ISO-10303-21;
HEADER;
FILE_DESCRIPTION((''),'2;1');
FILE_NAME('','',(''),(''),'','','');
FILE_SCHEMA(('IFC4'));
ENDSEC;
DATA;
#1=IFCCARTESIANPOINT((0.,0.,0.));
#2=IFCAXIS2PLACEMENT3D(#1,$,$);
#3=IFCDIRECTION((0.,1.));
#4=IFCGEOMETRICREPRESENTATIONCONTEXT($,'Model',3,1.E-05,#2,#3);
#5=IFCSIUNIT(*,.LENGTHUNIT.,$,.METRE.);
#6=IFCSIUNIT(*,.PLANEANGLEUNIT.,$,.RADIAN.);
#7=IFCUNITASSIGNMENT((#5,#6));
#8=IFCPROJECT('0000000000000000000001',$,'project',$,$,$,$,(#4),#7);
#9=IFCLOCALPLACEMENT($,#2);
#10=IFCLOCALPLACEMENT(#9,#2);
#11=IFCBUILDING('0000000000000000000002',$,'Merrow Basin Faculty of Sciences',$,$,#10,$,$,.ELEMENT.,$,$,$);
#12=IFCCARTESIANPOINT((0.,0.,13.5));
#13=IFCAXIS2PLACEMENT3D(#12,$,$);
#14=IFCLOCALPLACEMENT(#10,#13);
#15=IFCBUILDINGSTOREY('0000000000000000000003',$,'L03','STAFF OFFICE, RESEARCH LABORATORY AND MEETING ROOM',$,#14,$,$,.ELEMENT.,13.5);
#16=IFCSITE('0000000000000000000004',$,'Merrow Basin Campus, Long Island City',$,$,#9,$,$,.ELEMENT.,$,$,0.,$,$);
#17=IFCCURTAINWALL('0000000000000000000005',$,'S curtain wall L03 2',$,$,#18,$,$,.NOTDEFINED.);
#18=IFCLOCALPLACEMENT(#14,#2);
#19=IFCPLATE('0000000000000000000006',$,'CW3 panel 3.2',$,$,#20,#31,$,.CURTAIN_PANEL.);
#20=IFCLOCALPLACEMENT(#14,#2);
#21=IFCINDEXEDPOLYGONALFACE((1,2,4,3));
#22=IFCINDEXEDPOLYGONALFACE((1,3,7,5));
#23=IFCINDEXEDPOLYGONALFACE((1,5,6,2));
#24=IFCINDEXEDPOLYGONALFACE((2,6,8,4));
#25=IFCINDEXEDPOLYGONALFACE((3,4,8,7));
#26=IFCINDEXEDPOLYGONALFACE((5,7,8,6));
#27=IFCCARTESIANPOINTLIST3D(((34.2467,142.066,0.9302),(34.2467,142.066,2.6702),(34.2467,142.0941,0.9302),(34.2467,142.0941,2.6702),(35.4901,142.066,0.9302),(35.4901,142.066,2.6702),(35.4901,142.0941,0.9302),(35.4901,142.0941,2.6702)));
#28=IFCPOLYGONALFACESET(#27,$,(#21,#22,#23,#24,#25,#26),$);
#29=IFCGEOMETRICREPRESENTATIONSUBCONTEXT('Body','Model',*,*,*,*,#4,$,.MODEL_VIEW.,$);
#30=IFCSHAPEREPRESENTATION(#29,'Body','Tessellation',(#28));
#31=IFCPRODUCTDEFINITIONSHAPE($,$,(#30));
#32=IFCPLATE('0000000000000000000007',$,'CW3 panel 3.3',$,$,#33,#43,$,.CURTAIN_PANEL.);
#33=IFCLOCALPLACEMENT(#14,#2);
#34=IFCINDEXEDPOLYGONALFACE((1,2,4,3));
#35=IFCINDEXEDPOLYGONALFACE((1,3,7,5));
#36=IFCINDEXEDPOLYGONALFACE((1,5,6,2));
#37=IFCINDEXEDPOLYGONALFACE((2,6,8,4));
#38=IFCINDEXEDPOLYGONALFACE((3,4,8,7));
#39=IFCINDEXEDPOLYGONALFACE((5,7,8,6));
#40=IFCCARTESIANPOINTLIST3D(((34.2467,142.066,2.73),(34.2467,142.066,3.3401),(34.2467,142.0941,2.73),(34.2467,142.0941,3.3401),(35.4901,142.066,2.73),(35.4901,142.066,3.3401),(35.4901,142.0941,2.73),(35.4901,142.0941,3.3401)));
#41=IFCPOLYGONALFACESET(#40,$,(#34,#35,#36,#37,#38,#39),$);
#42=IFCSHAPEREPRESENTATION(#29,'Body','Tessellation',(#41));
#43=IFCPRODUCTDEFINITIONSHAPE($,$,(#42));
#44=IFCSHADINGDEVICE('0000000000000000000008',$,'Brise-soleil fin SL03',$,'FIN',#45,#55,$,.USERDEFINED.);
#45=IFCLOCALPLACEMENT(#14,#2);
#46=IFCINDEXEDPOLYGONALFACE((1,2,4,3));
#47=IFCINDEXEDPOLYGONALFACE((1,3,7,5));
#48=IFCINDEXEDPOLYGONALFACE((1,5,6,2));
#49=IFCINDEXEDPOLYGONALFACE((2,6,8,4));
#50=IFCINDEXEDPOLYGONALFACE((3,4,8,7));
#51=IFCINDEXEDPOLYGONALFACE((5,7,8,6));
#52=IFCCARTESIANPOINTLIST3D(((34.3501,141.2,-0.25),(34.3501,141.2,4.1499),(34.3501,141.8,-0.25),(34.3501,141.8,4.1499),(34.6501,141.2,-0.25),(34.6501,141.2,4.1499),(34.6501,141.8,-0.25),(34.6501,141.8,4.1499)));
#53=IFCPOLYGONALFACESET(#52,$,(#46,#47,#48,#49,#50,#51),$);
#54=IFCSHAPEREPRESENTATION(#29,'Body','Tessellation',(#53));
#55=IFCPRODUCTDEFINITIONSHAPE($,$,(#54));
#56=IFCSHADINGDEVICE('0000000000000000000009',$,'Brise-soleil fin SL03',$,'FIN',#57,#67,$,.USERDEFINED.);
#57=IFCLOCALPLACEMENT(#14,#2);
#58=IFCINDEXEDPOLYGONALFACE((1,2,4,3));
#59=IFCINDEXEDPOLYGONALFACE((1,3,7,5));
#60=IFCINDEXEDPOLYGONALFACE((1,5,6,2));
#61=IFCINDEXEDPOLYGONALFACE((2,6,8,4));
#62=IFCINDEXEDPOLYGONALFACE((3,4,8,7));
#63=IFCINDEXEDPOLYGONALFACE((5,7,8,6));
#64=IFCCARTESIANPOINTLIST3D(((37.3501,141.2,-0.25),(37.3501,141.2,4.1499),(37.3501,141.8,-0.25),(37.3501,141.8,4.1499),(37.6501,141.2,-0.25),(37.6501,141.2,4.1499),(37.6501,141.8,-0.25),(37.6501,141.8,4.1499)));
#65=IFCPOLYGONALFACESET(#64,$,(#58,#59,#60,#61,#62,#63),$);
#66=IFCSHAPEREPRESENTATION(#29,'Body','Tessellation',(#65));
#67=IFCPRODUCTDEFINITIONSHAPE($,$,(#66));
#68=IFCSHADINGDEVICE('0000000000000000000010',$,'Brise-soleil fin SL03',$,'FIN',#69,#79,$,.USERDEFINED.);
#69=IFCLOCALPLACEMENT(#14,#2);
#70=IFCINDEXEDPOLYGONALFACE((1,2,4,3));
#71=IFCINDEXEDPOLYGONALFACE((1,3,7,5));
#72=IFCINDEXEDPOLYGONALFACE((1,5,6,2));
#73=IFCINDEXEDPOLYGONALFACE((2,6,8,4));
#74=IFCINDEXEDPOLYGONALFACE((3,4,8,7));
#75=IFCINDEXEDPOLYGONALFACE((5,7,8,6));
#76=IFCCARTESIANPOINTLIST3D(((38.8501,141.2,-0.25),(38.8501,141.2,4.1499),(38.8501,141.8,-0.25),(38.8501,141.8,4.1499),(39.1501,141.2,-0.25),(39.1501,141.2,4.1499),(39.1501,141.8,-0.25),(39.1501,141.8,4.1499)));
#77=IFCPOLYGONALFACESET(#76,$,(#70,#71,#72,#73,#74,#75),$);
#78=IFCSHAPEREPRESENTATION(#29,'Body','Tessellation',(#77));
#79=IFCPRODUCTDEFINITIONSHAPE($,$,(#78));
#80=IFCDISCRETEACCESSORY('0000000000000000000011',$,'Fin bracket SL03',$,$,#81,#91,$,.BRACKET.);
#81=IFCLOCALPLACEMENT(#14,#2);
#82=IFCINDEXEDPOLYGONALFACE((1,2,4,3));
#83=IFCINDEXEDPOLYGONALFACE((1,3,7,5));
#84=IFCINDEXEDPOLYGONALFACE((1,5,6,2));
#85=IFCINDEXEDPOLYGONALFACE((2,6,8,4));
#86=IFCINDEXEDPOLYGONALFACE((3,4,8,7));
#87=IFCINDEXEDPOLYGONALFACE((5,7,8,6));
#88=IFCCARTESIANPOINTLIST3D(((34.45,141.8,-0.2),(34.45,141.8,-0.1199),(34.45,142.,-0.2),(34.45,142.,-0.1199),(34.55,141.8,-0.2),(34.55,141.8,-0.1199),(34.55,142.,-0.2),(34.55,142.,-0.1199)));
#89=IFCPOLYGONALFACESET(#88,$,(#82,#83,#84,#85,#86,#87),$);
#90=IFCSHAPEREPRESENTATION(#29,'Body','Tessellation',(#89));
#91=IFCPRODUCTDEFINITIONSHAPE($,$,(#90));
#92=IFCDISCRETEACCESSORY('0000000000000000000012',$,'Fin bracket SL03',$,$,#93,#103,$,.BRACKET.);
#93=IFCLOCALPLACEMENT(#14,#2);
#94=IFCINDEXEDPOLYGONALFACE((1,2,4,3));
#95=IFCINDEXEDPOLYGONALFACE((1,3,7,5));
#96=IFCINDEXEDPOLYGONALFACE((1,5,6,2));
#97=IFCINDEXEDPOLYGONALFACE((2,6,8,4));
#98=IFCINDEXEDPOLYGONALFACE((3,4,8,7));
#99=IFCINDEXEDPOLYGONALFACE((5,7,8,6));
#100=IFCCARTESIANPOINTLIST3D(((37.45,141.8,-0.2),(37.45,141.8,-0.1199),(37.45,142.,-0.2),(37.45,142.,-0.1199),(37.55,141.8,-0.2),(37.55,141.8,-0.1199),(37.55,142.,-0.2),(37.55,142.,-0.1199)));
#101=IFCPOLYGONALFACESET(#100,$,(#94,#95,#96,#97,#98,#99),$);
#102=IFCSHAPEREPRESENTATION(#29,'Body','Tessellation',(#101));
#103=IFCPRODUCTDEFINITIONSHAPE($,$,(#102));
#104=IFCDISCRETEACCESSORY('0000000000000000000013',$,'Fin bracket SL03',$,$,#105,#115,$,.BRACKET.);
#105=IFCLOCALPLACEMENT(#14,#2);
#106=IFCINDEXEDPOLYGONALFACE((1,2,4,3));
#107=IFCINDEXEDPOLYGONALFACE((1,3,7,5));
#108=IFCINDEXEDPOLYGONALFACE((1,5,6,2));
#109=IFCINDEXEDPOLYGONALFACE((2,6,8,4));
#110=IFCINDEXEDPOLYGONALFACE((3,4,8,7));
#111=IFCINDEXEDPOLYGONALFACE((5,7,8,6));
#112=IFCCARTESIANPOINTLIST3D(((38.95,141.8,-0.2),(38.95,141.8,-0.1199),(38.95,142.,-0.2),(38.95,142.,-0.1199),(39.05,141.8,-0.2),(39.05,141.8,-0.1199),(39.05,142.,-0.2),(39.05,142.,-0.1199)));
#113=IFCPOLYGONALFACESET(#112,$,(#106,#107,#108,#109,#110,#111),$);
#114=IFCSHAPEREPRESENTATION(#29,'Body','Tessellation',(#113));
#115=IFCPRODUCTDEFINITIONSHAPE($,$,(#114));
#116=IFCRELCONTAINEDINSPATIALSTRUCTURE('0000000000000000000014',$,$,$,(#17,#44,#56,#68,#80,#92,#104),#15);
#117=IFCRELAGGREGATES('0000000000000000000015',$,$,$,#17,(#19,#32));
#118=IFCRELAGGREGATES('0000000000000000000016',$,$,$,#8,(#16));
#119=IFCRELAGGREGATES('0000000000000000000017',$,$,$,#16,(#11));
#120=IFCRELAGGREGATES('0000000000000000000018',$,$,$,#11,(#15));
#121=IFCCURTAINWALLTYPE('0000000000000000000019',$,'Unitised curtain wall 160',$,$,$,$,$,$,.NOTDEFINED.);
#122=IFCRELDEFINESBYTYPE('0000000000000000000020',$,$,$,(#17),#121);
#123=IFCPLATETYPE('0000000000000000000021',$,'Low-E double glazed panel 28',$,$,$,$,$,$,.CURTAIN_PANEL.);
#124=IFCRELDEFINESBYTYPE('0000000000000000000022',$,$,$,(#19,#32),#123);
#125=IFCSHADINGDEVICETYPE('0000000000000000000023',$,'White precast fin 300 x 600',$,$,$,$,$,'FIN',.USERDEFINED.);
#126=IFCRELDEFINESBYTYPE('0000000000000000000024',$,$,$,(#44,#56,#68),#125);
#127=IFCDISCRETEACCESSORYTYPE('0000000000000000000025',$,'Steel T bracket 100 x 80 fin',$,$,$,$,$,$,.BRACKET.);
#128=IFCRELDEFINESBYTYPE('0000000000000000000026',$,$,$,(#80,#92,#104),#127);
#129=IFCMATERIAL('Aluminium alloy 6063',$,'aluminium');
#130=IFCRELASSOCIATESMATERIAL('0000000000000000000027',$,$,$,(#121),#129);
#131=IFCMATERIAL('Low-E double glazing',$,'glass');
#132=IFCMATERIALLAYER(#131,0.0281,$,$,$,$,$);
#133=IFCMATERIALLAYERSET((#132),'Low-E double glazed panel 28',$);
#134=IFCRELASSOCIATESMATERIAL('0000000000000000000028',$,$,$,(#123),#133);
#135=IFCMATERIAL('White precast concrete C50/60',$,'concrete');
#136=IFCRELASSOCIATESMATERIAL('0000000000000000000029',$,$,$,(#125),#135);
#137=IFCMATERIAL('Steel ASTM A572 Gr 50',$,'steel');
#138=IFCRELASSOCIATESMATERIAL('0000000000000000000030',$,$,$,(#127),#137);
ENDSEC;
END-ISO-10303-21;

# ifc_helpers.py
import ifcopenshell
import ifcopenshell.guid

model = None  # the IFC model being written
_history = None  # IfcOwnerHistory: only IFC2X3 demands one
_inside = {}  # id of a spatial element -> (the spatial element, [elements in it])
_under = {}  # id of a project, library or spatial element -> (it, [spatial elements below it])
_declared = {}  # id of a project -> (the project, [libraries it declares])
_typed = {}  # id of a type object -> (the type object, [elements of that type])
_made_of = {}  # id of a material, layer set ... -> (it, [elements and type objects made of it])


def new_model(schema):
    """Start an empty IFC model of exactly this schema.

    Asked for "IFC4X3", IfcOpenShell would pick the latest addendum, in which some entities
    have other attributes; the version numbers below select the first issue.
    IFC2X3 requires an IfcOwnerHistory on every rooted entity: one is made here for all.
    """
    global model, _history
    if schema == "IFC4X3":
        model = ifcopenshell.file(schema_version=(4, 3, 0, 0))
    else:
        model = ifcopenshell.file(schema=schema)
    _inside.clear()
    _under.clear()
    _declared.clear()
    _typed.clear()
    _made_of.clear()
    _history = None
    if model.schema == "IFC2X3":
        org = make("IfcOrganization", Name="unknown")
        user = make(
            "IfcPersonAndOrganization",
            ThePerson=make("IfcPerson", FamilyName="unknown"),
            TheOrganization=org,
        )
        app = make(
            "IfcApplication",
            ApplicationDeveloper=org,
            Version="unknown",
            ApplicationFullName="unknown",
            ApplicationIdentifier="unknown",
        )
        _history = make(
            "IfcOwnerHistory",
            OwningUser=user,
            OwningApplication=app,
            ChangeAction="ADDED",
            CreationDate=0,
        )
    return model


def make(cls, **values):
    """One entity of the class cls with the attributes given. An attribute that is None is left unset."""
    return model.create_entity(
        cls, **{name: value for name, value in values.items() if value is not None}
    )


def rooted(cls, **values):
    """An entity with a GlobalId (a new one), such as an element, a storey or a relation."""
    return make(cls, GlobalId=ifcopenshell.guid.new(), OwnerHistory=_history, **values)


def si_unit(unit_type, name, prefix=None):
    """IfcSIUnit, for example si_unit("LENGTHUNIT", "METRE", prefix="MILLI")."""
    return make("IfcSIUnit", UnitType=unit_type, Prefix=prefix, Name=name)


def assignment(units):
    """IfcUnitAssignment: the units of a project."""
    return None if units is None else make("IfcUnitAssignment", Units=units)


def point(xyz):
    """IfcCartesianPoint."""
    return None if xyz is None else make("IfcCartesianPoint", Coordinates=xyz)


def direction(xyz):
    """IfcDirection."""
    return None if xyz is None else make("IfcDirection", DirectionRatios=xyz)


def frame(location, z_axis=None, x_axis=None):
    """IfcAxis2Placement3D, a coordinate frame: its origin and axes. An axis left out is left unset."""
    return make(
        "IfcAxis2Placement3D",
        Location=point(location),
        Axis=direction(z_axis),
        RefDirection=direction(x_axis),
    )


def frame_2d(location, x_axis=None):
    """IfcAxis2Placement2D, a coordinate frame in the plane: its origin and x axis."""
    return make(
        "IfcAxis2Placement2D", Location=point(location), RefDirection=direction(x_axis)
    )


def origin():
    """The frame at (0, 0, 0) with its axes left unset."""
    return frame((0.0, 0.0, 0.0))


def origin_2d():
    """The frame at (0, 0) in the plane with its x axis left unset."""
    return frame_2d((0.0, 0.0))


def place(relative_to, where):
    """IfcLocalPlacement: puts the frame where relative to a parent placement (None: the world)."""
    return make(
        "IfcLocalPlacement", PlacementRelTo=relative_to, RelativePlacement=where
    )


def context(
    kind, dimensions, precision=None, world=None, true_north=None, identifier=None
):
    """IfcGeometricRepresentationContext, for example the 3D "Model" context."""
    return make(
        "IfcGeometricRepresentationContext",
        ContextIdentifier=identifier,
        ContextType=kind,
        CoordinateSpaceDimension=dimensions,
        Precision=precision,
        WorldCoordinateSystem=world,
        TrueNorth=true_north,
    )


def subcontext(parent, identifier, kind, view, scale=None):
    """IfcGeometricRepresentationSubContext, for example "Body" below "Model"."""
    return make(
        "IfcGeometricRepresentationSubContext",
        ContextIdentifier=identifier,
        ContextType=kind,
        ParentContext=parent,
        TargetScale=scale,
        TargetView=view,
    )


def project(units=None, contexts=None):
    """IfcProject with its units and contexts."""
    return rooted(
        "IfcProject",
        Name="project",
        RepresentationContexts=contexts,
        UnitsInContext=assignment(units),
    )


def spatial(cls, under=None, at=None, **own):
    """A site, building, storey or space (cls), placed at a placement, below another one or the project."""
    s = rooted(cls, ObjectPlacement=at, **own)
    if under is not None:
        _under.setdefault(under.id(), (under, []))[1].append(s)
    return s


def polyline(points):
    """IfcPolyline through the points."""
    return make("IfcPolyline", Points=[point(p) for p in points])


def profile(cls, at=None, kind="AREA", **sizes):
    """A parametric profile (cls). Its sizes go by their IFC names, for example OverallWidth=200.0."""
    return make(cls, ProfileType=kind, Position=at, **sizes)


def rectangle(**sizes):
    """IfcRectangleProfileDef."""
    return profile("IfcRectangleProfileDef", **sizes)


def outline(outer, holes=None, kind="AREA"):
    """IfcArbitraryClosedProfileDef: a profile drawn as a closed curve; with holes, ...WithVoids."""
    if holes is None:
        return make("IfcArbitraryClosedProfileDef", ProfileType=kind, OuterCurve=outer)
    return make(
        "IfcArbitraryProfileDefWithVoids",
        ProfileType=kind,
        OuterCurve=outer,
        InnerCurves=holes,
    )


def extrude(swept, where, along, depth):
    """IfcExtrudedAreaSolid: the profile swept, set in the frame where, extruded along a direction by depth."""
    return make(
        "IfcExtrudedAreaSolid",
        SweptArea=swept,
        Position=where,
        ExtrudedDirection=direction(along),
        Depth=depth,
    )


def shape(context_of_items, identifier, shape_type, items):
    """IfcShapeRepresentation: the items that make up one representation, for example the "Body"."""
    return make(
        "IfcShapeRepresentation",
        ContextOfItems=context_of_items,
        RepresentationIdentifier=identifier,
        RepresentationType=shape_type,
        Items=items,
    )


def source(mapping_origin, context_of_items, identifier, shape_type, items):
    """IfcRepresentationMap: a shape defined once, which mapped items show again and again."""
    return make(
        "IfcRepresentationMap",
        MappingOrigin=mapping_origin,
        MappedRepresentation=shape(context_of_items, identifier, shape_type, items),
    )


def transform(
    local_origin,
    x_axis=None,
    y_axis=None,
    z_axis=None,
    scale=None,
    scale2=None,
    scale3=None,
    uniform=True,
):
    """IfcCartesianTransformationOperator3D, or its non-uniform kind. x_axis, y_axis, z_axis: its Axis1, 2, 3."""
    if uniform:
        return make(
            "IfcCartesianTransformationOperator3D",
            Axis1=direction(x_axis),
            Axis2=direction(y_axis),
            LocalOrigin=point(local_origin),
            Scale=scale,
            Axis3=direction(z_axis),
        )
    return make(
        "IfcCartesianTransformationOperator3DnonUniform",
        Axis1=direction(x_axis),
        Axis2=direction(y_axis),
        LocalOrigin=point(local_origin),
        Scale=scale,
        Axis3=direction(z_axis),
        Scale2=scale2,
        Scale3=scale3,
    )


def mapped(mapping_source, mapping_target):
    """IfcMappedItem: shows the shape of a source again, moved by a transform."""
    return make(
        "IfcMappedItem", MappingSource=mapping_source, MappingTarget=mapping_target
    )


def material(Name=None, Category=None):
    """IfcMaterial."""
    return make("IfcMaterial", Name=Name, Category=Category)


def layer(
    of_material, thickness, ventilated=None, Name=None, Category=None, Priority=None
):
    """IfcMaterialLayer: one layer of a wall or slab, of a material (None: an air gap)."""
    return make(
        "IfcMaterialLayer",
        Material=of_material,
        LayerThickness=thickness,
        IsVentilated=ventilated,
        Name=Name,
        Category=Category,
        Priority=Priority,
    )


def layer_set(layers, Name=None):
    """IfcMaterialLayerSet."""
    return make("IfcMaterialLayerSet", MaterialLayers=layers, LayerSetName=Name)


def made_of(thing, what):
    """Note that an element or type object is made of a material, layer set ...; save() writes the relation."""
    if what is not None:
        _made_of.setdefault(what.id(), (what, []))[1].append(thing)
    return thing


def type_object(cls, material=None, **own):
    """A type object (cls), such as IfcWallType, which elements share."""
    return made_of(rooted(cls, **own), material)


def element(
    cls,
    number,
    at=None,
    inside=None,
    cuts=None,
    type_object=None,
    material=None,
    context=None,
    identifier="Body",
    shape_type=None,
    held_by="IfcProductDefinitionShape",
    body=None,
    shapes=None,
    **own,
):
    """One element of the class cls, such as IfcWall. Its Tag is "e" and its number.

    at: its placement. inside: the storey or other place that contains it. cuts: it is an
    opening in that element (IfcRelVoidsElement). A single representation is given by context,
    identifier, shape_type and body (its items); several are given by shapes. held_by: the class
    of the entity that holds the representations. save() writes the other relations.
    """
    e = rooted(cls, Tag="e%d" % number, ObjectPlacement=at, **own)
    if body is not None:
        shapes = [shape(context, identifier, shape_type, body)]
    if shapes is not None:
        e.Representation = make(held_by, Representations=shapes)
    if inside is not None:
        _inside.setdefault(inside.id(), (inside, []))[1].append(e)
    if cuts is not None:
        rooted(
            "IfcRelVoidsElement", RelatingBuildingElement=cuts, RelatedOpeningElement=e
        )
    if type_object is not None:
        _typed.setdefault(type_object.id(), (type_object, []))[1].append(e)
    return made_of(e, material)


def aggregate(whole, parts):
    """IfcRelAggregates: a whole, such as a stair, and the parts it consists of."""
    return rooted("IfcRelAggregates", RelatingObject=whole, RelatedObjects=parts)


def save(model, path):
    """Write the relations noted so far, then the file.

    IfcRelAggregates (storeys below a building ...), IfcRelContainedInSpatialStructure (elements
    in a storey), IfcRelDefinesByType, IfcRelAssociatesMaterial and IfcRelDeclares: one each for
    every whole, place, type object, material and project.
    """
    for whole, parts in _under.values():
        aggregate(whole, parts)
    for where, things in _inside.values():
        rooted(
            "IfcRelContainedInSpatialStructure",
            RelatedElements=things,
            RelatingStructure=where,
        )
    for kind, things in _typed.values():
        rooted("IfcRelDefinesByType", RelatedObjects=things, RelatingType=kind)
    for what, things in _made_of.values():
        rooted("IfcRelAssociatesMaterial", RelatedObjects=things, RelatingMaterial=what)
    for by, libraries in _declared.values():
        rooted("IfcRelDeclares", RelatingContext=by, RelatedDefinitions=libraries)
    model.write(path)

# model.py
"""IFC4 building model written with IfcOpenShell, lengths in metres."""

from ifc_helpers import new_model, si_unit, direction, frame, origin, origin_2d, place, context, subcontext, project, spatial, polyline, rectangle, outline, extrude, source, transform, mapped, material, layer, layer_set, type_object, element, aggregate, save


model = new_model("IFC4")

# Units and contexts
model_context = context("Model", 3, precision=1e-05, world=origin(), true_north=direction((0.0, 1.0)))
body_context = subcontext(model_context, "Body", "Model", "MODEL_VIEW")
ifc_project = project(units=[si_unit("LENGTHUNIT", "METRE"), si_unit("PLANEANGLEUNIT", "RADIAN")], contexts=[model_context])

# Site, building, storey
site_placement = place(None, origin())
site = spatial("IfcSite", under=ifc_project, at=site_placement, Name="Merrow Basin Campus, Long Island City", CompositionType="ELEMENT", RefElevation=0.0)
building_placement = place(site_placement, origin())
building = spatial("IfcBuilding", under=site, at=building_placement, Name="Merrow Basin Faculty of Sciences", CompositionType="ELEMENT")
storey_placement = place(building_placement, frame((0.0, 0.0, 13.5)))
storey = spatial("IfcBuildingStorey", under=building, at=storey_placement, Name="L03", Description="STAFF OFFICE, RESEARCH LABORATORY AND MEETING ROOM", CompositionType="ELEMENT", Elevation=13.5)

# Curtain wall
ifc_material_1 = material(Name="Aluminium alloy 6063", Category="aluminium")
curtain_wall_type = type_object("IfcCurtainWallType", Name="Unitised curtain wall 160", PredefinedType="NOTDEFINED", material=ifc_material_1)
curtain_wall_placement = place(storey_placement, origin())
curtain_wall = element("IfcCurtainWall", 1, at=curtain_wall_placement, inside=storey, type_object=curtain_wall_type, Name="S curtain wall L03 2", PredefinedType="NOTDEFINED")

# Plates
ifc_material_2 = material(Name="Low-E double glazing", Category="glass")
ifc_layer_1 = layer(ifc_material_2, 0.0281)
ifc_layer_set_1 = layer_set([ifc_layer_1], Name="Low-E double glazed panel 28")
plate_type_1 = type_object("IfcPlateType", Name="Low-E double glazed panel 28", PredefinedType="CURTAIN_PANEL", material=ifc_layer_set_1)
plate_1_placement = place(storey_placement, frame((34.8684, 142.0801, 0.9302), z_axis=(0.0, 0.0, 1.0), x_axis=(1.0, 0.0, 0.0)))
plate_1 = element("IfcPlate", 2, at=plate_1_placement, type_object=plate_type_1, Name="CW3 panel 3.2", PredefinedType="CURTAIN_PANEL", context=body_context, shape_type="SweptSolid", body=[
    extrude(rectangle(XDim=1.2434, YDim=0.0281, at=origin_2d()), origin(), (0.0, 0.0, 1.0), 1.74),
])
plate_2_placement = place(storey_placement, frame((34.8684, 142.0801, 2.73), z_axis=(0.0, 0.0, 1.0), x_axis=(1.0, 0.0, 0.0)))
plate_2 = element("IfcPlate", 3, at=plate_2_placement, type_object=plate_type_1, Name="CW3 panel 3.3", PredefinedType="CURTAIN_PANEL", context=body_context, shape_type="SweptSolid", body=[
    extrude(rectangle(XDim=1.2434, YDim=0.0281, at=origin_2d()), origin(), (0.0, 0.0, 1.0), 0.6101),
])
aggregate(curtain_wall, [plate_1, plate_2])

# Shading devices
ifc_material_3 = material(Name="White precast concrete C50/60", Category="concrete")
shading_device_type = type_object("IfcShadingDeviceType", Name="White precast fin 300 x 600", ElementType="FIN", PredefinedType="USERDEFINED", material=ifc_material_3)
shared_shape_1 = source(origin(), body_context, "Body", "SweptSolid", [
    extrude(outline(polyline([(0.0, 0.0), (0.3, 0.0), (0.3, 4.3999), (0.0, 4.3999), (0.0, 0.0)])), origin(), (0.0, 0.0, 1.0), 0.6001),
])
for number, where, z_axis, x_axis, name in (
    (4, (34.3501, 141.8, -0.25), (0.0, -1.0, 0.0), (1.0, 0.0, 0.0), "Brise-soleil fin SL03"),
    (5, (37.3501, 141.8, -0.25), (0.0, -1.0, 0.0), (1.0, 0.0, 0.0), "Brise-soleil fin SL03"),
    (6, (38.8501, 141.8, -0.25), (0.0, -1.0, 0.0), (1.0, 0.0, 0.0), "Brise-soleil fin SL03"),
):
    element("IfcShadingDevice", number, at=place(storey_placement, frame(where, z_axis=z_axis, x_axis=x_axis)), inside=storey, type_object=shading_device_type, Name=name, ObjectType="FIN", PredefinedType="USERDEFINED", context=body_context, shape_type="MappedRepresentation", body=[
        mapped(shared_shape_1, transform((0.0, 0.0, 0.0), scale=1.0)),
    ])

# Discrete accessories
ifc_material_4 = material(Name="Steel ASTM A572 Gr 50", Category="steel")
discrete_accessory_type = type_object("IfcDiscreteAccessoryType", Name="Steel T bracket 100 x 80 fin", PredefinedType="BRACKET", material=ifc_material_4)
shared_shape_2 = source(origin(), body_context, "Body", "SweptSolid", [
    extrude(outline(polyline([(0.0, 0.0), (0.1001, 0.0), (0.1001, 0.0801), (0.0, 0.0801), (0.0, 0.0)])), origin(), (0.0, 0.0, 1.0), 0.2),
])
for number, where, z_axis, x_axis, name in (
    (7, (34.45, 142.0, -0.2), (0.0, -1.0, 0.0), (1.0, 0.0, 0.0), "Fin bracket SL03"),
    (8, (37.45, 142.0, -0.2), (0.0, -1.0, 0.0), (1.0, 0.0, 0.0), "Fin bracket SL03"),
    (9, (38.95, 142.0, -0.2), (0.0, -1.0, 0.0), (1.0, 0.0, 0.0), "Fin bracket SL03"),
):
    element("IfcDiscreteAccessory", number, at=place(storey_placement, frame(where, z_axis=z_axis, x_axis=x_axis)), inside=storey, type_object=discrete_accessory_type, Name=name, PredefinedType="BRACKET", context=body_context, shape_type="MappedRepresentation", body=[
        mapped(shared_shape_2, transform((0.0, 0.0, 0.0), scale=1.0)),
    ])

save(model, "model.ifc")
